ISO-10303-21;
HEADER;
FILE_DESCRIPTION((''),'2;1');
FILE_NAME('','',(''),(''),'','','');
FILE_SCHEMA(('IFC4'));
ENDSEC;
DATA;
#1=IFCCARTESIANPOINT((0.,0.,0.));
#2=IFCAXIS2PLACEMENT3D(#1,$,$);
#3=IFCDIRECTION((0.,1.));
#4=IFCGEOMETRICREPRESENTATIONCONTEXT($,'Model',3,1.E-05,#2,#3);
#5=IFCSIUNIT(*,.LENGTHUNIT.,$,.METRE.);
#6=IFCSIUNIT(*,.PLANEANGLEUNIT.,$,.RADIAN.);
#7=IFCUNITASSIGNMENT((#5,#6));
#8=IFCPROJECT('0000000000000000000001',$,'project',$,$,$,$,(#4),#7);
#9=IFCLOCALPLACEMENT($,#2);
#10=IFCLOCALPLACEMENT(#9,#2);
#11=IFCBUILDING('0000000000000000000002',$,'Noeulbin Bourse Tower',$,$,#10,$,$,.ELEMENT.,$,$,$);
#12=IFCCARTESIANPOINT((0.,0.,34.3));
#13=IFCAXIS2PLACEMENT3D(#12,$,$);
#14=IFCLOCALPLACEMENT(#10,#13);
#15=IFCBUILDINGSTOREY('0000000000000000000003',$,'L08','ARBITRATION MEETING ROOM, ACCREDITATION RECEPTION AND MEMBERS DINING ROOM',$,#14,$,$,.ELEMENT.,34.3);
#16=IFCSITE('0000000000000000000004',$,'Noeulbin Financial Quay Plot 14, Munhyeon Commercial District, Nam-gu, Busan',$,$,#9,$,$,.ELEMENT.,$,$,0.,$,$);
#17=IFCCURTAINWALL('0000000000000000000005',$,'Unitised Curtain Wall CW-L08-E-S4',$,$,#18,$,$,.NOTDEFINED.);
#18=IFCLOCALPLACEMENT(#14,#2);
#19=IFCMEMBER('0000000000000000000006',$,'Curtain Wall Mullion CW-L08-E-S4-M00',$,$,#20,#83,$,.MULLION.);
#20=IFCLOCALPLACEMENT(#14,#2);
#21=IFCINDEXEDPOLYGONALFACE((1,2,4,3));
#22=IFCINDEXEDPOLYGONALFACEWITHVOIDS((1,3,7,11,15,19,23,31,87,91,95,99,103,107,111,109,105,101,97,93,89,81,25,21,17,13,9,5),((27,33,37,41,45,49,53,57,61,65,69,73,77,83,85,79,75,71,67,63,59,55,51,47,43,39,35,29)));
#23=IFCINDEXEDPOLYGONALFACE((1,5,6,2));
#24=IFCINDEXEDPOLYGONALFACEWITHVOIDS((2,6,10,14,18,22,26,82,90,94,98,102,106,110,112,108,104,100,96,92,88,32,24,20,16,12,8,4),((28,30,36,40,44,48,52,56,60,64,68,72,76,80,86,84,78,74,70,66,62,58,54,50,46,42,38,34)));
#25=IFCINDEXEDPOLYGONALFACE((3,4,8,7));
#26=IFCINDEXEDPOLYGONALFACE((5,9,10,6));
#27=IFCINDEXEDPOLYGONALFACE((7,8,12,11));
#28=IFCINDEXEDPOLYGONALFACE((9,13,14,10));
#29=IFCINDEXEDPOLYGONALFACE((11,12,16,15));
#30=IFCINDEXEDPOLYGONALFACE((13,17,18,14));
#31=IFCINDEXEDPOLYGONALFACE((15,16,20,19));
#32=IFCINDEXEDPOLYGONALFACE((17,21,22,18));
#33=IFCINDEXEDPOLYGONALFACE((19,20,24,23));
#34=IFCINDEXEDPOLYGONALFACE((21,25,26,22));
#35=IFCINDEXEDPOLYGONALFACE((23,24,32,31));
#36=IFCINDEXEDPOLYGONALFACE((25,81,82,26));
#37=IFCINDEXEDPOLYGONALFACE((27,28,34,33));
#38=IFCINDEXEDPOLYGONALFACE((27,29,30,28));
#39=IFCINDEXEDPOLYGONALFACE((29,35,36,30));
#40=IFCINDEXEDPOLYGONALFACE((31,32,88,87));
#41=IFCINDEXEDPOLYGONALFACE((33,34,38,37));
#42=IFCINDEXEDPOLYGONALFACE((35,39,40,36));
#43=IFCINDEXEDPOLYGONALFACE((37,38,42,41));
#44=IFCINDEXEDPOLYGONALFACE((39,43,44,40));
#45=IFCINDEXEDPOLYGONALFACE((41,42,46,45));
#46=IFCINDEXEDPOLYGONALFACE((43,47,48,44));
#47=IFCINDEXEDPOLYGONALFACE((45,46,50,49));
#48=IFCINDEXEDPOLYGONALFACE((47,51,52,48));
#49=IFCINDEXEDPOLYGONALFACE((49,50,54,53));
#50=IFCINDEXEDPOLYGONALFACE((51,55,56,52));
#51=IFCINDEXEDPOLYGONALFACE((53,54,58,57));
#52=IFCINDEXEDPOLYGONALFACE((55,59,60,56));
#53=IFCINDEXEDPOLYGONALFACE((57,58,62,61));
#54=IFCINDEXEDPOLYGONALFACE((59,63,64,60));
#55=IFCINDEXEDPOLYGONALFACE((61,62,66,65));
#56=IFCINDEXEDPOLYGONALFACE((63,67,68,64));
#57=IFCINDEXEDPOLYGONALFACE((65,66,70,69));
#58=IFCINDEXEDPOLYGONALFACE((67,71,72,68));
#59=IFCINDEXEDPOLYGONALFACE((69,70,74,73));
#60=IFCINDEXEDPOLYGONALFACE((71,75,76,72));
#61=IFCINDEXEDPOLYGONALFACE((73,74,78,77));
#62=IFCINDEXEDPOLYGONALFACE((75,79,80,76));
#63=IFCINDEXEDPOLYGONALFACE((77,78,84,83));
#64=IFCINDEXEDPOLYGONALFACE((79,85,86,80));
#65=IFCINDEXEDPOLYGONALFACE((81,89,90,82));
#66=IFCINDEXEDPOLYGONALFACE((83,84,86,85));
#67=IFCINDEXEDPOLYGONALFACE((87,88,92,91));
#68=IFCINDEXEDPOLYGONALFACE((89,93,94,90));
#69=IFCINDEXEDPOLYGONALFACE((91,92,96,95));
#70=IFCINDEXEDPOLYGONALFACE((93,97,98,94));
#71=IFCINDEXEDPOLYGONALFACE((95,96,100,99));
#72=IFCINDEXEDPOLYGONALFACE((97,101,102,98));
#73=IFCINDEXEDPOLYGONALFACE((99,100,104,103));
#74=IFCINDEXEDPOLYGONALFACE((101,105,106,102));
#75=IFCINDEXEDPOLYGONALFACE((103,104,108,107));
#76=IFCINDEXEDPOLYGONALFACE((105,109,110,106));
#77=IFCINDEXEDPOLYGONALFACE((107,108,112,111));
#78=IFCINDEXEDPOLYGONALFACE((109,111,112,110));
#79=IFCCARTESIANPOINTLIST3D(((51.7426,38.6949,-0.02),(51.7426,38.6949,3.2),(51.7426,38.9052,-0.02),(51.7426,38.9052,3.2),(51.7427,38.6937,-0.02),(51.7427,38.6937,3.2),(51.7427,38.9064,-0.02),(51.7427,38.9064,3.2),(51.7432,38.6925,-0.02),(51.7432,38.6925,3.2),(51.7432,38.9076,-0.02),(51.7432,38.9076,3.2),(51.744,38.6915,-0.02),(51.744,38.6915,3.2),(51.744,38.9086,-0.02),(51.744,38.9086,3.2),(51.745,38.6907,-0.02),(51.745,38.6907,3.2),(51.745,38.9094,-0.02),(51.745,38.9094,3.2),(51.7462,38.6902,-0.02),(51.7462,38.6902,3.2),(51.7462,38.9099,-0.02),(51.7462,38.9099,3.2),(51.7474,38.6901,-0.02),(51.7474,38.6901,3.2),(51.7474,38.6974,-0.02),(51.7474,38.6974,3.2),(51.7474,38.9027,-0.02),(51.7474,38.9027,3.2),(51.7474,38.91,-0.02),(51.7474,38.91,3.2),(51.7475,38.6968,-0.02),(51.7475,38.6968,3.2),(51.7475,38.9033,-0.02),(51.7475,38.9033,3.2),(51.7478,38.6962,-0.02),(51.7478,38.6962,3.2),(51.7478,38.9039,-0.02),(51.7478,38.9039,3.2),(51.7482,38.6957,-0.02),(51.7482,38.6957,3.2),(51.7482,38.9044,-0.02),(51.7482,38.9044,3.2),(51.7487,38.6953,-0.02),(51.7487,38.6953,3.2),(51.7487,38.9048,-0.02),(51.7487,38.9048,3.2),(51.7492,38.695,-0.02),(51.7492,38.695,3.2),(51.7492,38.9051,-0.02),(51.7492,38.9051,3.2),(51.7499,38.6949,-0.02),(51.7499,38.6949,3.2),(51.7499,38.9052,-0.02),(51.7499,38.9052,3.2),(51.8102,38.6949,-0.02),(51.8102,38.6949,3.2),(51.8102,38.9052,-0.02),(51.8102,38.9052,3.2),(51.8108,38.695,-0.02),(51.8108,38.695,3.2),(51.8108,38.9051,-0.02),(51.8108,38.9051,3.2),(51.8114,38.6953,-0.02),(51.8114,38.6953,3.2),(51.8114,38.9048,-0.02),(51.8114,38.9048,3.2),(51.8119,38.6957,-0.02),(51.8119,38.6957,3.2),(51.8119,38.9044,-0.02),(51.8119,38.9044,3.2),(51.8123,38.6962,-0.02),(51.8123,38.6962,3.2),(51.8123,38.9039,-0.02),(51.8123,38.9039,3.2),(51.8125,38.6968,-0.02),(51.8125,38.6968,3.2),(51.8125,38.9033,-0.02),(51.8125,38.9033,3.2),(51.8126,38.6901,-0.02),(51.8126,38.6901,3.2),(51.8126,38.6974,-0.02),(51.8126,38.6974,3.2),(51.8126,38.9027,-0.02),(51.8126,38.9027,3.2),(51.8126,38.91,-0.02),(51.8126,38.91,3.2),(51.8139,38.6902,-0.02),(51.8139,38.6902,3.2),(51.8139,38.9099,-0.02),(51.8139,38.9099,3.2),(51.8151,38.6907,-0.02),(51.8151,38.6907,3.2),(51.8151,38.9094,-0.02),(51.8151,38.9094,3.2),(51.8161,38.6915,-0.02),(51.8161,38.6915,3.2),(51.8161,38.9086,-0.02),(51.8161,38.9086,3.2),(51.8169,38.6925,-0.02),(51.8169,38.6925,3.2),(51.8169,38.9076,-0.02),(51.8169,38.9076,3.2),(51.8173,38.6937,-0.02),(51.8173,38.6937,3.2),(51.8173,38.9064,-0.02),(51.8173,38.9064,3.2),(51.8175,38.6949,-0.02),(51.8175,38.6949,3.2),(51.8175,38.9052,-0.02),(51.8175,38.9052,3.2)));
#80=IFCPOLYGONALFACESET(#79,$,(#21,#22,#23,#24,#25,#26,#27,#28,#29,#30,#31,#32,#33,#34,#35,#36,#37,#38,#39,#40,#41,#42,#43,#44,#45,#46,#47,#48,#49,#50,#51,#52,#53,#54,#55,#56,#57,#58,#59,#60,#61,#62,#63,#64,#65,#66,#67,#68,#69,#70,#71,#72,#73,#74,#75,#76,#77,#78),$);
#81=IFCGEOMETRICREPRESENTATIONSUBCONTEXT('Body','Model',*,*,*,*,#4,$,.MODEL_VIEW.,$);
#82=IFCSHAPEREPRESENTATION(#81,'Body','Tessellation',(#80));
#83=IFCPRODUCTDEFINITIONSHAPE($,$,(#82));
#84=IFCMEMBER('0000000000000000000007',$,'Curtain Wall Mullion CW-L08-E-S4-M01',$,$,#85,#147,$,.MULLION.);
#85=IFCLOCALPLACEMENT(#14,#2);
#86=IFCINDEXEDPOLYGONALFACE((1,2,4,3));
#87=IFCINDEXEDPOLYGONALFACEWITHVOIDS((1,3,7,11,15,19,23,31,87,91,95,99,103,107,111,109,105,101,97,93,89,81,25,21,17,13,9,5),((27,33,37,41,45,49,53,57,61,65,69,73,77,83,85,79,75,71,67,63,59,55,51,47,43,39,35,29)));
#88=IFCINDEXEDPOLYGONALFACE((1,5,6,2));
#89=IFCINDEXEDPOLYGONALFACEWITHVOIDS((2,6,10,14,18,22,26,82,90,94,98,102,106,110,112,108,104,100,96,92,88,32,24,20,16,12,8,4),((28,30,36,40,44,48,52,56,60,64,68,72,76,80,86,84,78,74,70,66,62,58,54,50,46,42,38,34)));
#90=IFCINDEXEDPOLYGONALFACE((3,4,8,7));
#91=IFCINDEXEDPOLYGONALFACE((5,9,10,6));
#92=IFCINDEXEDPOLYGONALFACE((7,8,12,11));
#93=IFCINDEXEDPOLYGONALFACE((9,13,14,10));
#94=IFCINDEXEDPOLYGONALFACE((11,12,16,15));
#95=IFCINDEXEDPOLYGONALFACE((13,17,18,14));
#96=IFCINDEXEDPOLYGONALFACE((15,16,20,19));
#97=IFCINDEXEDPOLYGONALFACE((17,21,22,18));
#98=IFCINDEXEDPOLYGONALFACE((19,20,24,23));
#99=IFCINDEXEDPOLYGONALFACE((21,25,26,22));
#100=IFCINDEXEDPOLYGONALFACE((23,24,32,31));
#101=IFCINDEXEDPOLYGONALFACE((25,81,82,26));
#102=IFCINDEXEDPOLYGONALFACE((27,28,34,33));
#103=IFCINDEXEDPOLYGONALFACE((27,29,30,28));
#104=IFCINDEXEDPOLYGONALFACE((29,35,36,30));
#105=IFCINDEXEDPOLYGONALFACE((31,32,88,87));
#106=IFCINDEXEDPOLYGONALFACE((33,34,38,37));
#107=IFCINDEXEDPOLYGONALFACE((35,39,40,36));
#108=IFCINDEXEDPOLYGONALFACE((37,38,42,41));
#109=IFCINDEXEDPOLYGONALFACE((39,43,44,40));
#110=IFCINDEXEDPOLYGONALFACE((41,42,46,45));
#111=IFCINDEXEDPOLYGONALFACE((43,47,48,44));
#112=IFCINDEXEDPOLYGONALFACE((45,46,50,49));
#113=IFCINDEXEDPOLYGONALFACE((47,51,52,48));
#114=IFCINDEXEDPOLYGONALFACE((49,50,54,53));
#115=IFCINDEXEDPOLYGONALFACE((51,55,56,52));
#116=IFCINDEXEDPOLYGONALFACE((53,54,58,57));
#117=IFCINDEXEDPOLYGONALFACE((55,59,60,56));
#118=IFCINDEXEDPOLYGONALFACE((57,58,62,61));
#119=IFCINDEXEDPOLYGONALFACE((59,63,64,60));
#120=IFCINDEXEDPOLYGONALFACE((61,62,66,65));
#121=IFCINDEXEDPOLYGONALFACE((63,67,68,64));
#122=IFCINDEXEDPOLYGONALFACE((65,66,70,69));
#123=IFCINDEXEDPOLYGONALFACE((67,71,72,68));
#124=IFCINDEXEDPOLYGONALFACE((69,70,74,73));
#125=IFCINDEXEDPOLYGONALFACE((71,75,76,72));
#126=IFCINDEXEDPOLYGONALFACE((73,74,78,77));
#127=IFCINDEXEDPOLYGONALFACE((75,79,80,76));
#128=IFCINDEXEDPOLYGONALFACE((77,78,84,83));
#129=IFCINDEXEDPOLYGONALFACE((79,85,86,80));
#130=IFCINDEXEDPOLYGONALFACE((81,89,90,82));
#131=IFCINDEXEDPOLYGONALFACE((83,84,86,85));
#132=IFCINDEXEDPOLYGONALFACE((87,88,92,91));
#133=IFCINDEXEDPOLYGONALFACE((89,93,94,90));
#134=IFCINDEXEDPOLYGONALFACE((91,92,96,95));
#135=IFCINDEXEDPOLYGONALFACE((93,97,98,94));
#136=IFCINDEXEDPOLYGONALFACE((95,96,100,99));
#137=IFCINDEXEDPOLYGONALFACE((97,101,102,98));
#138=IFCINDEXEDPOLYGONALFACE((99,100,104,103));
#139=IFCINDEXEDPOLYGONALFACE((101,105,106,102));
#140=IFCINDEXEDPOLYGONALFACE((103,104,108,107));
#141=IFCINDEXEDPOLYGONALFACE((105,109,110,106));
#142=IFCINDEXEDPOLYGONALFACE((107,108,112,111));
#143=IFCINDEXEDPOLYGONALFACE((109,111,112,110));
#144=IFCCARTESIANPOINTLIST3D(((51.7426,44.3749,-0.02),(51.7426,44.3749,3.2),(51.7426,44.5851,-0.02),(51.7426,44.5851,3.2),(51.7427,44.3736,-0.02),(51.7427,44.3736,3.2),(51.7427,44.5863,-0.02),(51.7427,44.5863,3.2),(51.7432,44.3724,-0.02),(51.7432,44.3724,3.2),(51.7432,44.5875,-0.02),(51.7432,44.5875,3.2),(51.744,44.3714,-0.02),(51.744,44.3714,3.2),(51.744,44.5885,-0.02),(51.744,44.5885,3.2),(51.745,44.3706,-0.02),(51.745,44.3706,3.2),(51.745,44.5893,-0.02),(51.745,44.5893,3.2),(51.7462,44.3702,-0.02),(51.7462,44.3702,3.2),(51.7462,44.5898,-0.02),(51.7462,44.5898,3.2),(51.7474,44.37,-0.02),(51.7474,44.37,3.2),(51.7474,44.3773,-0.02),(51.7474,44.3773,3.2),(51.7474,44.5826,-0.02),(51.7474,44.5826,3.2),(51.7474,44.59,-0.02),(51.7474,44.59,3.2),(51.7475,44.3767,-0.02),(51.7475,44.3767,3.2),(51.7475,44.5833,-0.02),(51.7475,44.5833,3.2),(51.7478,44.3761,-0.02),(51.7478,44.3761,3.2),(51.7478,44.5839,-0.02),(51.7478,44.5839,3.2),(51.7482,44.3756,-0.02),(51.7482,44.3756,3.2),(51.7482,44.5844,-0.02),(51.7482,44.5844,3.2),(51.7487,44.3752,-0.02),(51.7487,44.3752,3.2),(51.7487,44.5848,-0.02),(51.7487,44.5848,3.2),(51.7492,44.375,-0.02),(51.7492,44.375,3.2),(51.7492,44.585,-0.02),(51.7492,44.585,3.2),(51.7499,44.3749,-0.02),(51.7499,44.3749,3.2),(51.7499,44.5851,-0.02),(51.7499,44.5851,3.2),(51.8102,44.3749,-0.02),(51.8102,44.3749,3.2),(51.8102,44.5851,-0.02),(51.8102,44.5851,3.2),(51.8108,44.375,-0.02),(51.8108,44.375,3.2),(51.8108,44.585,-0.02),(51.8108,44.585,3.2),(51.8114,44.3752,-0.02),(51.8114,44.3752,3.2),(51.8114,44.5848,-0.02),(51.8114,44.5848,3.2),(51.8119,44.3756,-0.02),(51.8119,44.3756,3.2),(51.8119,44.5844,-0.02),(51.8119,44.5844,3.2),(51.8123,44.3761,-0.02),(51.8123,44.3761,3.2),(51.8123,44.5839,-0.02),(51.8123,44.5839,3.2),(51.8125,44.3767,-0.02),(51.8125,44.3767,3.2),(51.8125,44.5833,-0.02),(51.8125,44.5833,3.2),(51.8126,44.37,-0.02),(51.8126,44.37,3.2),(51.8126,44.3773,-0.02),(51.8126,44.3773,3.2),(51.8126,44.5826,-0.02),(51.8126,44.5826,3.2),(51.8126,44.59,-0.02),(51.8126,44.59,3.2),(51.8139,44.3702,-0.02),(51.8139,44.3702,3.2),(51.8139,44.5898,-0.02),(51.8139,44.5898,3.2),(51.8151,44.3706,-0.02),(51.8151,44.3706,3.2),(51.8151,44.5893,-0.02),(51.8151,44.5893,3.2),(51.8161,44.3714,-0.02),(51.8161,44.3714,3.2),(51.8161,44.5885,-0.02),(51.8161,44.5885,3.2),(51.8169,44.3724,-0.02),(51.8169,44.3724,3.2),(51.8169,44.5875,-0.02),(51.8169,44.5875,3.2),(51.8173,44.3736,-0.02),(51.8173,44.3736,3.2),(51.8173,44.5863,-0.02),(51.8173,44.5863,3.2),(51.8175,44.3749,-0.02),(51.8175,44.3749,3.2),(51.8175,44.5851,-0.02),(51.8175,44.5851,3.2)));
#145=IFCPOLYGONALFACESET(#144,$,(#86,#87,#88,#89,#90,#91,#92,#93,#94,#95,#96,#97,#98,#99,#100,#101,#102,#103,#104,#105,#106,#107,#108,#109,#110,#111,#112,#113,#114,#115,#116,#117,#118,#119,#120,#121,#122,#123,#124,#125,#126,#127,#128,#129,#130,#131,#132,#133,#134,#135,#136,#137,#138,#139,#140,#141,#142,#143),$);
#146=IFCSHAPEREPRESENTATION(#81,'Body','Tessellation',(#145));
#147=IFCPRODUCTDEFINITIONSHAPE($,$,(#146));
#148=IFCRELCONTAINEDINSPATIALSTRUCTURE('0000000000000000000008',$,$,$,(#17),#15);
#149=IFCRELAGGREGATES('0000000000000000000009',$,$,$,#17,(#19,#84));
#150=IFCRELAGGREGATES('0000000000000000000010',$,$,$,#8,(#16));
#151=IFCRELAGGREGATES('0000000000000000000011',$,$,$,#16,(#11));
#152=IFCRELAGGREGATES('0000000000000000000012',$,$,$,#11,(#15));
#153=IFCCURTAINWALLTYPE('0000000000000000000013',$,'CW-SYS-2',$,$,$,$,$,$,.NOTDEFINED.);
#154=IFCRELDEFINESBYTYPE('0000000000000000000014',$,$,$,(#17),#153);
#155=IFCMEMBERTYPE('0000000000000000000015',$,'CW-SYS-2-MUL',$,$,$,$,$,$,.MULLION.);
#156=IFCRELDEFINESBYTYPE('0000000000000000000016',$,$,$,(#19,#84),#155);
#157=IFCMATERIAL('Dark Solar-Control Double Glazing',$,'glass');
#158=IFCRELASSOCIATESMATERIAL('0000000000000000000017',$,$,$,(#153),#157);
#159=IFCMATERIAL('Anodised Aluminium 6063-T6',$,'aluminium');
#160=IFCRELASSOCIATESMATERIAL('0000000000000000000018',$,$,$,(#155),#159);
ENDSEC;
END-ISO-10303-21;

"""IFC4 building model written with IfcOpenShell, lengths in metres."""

from ifc_helpers import new_model, si_unit, direction, frame, origin, origin_2d, place, context, subcontext, project, spatial, hollow_rectangle, extrude, material, material_profile, profile_set, type_object, element, aggregate, save


model = new_model("IFC4")

# Units and contexts
model_context = context("Model", 3, precision=1e-05, world=origin(), true_north=direction((0.0, 1.0)))
body_context = subcontext(model_context, "Body", "Model", "MODEL_VIEW")
ifc_project = project(units=[si_unit("LENGTHUNIT", "METRE"), si_unit("PLANEANGLEUNIT", "RADIAN")], contexts=[model_context])

# Site, building, storey
site_placement = place(None, origin())
site = spatial("IfcSite", under=ifc_project, at=site_placement, Name="Noeulbin Financial Quay Plot 14, Munhyeon Commercial District, Nam-gu, Busan", CompositionType="ELEMENT", RefElevation=0.0)
building_placement = place(site_placement, origin())
building = spatial("IfcBuilding", under=site, at=building_placement, Name="Noeulbin Bourse Tower", CompositionType="ELEMENT")
storey_placement = place(building_placement, frame((0.0, 0.0, 34.3)))
storey = spatial("IfcBuildingStorey", under=building, at=storey_placement, Name="L08", Description="ARBITRATION MEETING ROOM, ACCREDITATION RECEPTION AND MEMBERS DINING ROOM", CompositionType="ELEMENT", Elevation=34.3)

# Shared definitions
ifc_material_1 = material(Name="Dark Solar-Control Double Glazing", Category="glass")
curtain_wall_type = type_object("IfcCurtainWallType", Name="CW-SYS-2", PredefinedType="NOTDEFINED", material=ifc_material_1)
ifc_material_2 = material(Name="Anodised Aluminium 6063-T6", Category="aluminium")
ifc_material_profile_1 = material_profile(ifc_material_2, hollow_rectangle(XDim=0.075, YDim=0.22, WallThickness=0.0049, InnerFilletRadius=0.0024, OuterFilletRadius=0.0049, at=origin_2d()), Name="ALU-MULL-75x220x5", Category="LoadBearing")
ifc_profile_set_1 = profile_set([ifc_material_profile_1], Name="Anodised Aluminium 6063-T6")
member_type_1 = type_object("IfcMemberType", Name="CW-SYS-2-MUL", PredefinedType="MULLION", material=ifc_profile_set_1)

# Curtain wall, members
curtain_wall_1_placement = place(storey_placement, origin())
curtain_wall_1 = element("IfcCurtainWall", 1, at=curtain_wall_1_placement, inside=storey, type_object=curtain_wall_type, Name="Unitised Curtain Wall CW-L08-E-S4", PredefinedType="NOTDEFINED")
member_1_placement = place(storey_placement, frame((51.78, 38.8, -0.02), z_axis=(0.0, 0.0, 1.0), x_axis=(1.0, 0.0, 0.0)))
member_1 = element("IfcMember", 2, at=member_1_placement, type_object=member_type_1, Name="Curtain Wall Mullion CW-L08-E-S4-M00", PredefinedType="MULLION", context=body_context, shape_type="SweptSolid", body=[
    extrude(hollow_rectangle(XDim=0.075, YDim=0.22, WallThickness=0.0049, InnerFilletRadius=0.0024, OuterFilletRadius=0.0049, at=origin_2d()), origin(), (0.0, 0.0, 1.0), 3.22),
])
member_2_placement = place(storey_placement, frame((51.78, 44.48, -0.02), z_axis=(0.0, 0.0, 1.0), x_axis=(1.0, 0.0, 0.0)))
member_2 = element("IfcMember", 3, at=member_2_placement, type_object=member_type_1, Name="Curtain Wall Mullion CW-L08-E-S4-M01", PredefinedType="MULLION", context=body_context, shape_type="SweptSolid", body=[
    extrude(hollow_rectangle(XDim=0.075, YDim=0.22, WallThickness=0.0049, InnerFilletRadius=0.0024, OuterFilletRadius=0.0049, at=origin_2d()), origin(), (0.0, 0.0, 1.0), 3.22),
])

aggregate(curtain_wall_1, [member_1, member_2])

save(model, "model.ifc")
